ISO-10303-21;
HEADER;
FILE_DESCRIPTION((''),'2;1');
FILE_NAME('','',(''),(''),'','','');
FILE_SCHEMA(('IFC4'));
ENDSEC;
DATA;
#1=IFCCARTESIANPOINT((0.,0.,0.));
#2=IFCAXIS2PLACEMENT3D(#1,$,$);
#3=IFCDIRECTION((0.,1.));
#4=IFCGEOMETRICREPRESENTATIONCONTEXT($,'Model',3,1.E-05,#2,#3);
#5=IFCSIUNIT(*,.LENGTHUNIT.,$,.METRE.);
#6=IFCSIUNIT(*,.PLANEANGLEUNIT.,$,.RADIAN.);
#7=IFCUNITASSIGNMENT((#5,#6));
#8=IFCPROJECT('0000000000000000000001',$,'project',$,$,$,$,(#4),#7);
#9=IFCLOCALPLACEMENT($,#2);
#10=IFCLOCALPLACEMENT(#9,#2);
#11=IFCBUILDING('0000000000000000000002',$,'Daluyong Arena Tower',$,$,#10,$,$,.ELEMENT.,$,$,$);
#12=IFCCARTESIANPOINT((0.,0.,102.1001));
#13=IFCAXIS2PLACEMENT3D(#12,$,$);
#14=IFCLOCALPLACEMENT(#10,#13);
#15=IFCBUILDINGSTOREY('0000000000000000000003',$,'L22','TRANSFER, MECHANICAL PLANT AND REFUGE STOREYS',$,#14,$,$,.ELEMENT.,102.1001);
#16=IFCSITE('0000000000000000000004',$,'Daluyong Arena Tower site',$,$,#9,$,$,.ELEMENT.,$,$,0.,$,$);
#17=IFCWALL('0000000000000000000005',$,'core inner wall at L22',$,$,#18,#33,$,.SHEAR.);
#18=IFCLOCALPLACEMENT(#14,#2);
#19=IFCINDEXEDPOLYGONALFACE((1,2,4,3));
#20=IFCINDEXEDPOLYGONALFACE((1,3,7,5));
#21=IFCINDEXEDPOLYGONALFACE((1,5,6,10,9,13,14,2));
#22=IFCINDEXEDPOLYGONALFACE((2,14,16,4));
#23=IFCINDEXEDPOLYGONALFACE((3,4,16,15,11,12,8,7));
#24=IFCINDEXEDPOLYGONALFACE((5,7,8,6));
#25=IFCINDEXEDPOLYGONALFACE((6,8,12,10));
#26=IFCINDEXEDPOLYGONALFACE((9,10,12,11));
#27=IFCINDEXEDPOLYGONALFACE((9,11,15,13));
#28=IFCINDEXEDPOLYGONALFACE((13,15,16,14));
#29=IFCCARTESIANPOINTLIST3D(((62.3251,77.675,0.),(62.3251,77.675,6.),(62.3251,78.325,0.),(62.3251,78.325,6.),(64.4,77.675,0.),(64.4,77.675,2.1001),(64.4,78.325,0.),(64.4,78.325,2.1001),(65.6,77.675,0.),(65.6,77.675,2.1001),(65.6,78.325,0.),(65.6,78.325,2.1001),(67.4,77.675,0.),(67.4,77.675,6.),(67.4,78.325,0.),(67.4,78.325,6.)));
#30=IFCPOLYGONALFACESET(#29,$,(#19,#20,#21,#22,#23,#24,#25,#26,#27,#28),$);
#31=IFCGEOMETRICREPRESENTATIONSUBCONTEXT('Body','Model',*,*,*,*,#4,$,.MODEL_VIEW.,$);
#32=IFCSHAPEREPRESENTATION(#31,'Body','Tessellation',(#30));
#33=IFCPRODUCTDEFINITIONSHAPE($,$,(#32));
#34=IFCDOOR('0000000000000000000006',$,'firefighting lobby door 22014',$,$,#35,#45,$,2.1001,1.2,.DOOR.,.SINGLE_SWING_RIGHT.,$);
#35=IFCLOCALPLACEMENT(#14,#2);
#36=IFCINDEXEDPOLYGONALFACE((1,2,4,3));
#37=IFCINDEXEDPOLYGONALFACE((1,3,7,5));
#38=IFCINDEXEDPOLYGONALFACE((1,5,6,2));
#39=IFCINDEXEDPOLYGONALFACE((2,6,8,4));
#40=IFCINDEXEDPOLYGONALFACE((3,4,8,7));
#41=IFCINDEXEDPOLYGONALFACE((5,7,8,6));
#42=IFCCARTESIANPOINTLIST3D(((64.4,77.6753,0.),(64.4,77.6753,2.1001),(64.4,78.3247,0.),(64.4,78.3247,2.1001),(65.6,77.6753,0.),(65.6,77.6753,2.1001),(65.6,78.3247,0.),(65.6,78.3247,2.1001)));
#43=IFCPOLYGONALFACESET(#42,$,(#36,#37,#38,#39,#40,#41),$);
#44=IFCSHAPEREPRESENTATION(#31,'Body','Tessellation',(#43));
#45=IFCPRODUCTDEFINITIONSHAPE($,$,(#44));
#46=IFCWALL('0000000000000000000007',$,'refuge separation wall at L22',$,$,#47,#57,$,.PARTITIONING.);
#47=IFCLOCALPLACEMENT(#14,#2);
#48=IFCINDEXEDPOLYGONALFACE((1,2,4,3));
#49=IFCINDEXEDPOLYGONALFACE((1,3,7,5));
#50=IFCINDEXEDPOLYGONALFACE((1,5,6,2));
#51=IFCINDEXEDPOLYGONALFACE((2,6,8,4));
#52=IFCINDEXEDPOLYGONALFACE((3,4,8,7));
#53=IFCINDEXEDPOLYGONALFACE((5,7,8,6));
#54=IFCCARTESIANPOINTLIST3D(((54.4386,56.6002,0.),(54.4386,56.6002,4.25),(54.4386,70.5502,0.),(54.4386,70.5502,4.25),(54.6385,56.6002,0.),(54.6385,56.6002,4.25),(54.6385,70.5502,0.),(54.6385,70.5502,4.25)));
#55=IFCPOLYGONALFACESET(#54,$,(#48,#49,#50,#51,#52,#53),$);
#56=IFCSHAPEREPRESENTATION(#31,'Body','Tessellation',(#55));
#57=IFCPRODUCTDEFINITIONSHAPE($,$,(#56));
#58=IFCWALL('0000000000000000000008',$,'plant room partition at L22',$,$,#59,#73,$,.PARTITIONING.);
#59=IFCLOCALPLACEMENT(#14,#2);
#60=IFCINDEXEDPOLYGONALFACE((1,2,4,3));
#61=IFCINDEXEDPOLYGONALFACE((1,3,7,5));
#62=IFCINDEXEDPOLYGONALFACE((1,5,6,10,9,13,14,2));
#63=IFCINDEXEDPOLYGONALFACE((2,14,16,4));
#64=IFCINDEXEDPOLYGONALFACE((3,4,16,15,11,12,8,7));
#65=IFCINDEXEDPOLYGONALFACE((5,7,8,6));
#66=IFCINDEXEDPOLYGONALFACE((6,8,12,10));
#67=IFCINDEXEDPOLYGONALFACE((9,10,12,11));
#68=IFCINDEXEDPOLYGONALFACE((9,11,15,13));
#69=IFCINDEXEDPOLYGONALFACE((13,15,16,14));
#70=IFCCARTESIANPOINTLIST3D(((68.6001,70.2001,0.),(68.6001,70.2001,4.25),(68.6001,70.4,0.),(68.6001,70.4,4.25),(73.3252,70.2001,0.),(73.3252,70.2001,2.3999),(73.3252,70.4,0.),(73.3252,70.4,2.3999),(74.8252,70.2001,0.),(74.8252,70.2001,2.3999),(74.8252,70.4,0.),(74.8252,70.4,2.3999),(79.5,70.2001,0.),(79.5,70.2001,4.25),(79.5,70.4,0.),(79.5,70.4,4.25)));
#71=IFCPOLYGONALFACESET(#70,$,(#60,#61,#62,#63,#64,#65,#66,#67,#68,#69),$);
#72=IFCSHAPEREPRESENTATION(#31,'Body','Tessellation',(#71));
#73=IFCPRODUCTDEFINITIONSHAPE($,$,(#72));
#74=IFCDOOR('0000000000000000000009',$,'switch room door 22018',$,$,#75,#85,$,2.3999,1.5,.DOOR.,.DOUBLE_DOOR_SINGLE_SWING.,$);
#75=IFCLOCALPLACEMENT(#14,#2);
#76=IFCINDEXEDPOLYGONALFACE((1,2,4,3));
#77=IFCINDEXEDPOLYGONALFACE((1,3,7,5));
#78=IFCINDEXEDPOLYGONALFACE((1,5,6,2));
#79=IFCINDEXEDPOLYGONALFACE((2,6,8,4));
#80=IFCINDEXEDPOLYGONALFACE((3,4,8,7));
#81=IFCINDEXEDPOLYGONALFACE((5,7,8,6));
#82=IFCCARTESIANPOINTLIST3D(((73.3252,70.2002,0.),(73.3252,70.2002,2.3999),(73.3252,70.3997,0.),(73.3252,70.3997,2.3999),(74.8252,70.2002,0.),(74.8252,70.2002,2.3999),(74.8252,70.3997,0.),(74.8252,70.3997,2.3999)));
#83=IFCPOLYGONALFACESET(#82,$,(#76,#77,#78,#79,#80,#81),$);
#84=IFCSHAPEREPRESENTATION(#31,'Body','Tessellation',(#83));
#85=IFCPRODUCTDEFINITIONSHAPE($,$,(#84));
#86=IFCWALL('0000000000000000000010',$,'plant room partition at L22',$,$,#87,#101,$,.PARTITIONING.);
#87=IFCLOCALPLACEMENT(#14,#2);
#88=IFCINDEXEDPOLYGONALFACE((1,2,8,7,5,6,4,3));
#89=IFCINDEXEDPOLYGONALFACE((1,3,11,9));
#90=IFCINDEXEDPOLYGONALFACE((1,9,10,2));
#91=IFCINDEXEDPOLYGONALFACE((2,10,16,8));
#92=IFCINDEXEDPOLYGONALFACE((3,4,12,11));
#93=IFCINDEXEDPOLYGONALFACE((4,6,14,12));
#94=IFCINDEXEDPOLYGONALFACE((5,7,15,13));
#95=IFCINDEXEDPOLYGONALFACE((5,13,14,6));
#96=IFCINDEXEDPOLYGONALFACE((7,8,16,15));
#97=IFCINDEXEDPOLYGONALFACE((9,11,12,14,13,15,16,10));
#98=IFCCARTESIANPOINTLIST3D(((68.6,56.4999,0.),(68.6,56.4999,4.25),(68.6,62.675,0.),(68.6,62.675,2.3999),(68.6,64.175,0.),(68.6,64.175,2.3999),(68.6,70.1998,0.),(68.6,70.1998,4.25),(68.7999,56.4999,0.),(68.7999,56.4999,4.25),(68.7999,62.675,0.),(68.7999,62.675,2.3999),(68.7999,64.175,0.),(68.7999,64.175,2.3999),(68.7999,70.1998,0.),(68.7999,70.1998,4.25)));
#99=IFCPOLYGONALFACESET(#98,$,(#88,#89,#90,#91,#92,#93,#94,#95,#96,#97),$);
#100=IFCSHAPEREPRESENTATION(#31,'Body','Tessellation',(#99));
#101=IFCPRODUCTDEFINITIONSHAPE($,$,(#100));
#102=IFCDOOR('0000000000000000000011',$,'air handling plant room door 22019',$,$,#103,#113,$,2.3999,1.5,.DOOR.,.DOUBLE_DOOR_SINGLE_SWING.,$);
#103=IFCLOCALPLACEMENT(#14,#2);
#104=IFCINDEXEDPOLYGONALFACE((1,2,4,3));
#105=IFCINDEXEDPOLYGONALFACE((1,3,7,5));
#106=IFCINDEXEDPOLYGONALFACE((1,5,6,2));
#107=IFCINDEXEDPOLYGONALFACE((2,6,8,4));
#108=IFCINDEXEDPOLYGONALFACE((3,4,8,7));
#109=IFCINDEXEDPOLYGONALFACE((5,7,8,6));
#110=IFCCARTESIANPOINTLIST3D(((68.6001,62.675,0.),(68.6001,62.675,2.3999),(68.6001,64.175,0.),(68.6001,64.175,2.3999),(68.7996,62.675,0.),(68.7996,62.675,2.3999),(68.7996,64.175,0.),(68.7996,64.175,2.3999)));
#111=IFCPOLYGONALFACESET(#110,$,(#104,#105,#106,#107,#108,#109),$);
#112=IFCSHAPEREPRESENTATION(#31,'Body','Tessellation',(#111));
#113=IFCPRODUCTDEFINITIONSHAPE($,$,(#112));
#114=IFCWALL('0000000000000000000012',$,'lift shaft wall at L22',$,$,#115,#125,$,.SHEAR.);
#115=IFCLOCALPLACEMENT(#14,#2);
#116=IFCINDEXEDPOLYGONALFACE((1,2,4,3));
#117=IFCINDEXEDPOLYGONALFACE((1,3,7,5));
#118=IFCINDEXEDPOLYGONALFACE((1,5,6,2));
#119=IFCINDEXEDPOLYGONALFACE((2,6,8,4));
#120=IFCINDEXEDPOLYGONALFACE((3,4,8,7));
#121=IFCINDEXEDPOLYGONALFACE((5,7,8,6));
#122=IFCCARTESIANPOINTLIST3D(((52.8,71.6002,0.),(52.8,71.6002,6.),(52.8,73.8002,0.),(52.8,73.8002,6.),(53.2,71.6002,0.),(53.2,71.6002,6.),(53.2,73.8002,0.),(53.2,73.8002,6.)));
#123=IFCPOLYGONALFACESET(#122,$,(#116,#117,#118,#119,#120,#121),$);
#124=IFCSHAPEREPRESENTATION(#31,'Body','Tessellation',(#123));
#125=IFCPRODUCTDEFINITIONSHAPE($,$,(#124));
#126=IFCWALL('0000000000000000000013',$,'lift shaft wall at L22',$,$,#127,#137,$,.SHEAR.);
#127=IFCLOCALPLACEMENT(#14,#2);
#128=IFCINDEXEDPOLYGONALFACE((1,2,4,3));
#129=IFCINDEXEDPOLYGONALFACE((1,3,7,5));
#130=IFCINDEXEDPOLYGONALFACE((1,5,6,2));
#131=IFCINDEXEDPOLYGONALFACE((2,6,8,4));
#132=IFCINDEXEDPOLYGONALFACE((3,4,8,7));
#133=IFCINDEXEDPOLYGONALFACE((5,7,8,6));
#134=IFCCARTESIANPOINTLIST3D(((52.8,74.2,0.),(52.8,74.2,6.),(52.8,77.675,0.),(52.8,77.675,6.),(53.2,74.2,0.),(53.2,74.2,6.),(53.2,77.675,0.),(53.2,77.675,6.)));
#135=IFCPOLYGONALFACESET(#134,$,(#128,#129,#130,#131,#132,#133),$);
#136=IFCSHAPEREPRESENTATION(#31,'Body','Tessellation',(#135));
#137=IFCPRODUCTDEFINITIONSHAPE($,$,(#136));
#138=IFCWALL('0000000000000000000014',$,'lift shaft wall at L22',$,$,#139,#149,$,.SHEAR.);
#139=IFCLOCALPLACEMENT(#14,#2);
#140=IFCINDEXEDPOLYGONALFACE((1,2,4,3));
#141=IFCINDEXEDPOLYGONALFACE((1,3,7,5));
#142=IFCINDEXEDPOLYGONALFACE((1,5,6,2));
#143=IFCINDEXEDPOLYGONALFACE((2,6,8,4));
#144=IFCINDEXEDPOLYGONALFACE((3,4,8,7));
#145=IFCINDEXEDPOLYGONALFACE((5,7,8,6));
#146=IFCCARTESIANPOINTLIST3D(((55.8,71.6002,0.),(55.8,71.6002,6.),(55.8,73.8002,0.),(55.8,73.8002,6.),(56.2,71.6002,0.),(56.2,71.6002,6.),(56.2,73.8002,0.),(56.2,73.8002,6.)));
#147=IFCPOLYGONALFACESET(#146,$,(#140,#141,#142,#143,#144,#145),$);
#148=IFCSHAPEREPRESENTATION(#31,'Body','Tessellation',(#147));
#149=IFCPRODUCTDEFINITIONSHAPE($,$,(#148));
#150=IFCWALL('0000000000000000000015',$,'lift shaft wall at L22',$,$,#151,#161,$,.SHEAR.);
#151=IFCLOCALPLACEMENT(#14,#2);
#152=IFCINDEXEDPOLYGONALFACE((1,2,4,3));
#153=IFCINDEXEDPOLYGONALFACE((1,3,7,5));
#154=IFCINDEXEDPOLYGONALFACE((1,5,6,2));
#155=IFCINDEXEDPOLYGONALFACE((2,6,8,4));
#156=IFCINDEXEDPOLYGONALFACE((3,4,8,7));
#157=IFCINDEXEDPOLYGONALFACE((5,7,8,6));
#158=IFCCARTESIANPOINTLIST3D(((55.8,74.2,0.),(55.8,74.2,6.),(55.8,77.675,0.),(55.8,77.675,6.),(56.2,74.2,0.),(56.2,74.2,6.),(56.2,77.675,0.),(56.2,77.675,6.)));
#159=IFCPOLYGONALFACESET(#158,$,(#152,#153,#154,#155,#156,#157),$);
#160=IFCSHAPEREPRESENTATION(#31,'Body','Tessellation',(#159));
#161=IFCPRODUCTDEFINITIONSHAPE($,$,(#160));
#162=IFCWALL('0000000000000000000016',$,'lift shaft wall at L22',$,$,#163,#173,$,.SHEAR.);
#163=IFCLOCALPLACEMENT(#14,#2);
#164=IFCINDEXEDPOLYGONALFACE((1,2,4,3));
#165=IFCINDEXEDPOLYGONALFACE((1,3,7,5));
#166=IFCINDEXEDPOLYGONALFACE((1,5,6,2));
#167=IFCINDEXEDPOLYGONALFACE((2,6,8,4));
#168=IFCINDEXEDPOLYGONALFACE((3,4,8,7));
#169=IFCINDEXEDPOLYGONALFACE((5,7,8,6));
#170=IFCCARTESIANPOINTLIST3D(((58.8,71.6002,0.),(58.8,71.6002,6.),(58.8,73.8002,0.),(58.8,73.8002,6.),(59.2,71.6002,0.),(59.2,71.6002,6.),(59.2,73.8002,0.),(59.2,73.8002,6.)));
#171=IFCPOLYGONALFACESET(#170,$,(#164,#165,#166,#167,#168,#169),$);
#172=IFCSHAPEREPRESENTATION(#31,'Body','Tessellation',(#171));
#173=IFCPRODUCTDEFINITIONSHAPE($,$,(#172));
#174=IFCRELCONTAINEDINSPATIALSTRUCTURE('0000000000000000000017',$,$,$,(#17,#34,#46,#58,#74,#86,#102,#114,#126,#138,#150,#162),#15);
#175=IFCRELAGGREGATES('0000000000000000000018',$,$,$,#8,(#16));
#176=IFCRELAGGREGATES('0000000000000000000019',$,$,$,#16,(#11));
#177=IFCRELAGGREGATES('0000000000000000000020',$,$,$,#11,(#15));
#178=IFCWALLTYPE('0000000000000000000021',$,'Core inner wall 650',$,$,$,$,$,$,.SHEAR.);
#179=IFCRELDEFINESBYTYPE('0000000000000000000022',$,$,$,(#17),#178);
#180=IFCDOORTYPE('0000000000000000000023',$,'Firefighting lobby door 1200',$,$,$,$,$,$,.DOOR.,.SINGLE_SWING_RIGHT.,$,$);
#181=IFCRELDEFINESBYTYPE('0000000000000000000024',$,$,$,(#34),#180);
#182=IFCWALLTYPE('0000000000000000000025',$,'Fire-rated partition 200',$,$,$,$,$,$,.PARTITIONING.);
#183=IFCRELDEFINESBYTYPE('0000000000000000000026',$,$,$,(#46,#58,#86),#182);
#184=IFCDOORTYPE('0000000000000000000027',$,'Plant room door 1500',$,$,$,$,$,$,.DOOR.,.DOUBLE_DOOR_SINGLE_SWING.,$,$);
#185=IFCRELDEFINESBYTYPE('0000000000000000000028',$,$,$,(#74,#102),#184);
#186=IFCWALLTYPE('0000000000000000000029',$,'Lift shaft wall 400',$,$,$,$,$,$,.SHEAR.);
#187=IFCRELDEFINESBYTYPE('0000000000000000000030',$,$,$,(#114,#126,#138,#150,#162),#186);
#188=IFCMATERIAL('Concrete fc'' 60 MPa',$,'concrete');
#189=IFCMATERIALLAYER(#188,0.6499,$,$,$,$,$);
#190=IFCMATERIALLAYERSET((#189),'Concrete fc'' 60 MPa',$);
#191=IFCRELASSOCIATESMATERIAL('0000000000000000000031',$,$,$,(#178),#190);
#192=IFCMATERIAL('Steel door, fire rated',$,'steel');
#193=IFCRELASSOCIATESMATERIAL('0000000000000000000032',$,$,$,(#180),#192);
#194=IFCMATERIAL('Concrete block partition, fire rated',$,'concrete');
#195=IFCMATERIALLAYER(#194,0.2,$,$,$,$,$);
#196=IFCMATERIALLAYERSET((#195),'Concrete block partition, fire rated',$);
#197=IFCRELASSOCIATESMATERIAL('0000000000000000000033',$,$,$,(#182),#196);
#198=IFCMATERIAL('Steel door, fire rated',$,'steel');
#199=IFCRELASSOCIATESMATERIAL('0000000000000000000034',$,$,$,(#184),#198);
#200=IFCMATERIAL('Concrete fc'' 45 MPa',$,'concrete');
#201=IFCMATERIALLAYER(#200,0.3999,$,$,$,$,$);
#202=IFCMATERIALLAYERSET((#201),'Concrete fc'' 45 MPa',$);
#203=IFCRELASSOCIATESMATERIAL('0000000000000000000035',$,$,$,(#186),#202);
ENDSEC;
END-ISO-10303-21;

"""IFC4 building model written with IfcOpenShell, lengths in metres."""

from ifc_helpers import new_model, si_unit, direction, frame, frame_2d, origin, place, context, subcontext, project, spatial, rectangle, extrude, material, layer, layer_set, type_object, element, fill, save


model = new_model("IFC4")

# Units and contexts
model_context = context("Model", 3, precision=1e-05, world=origin(), true_north=direction((0.0, 1.0)))
body_context = subcontext(model_context, "Body", "Model", "MODEL_VIEW")
ifc_project = project(units=[si_unit("LENGTHUNIT", "METRE"), si_unit("PLANEANGLEUNIT", "RADIAN")], contexts=[model_context])

# Site, building, storey
site_placement = place(None, origin())
site = spatial("IfcSite", under=ifc_project, at=site_placement, Name="Daluyong Arena Tower site", CompositionType="ELEMENT", RefElevation=0.0)
building_placement = place(site_placement, origin())
building = spatial("IfcBuilding", under=site, at=building_placement, Name="Daluyong Arena Tower", CompositionType="ELEMENT")
storey_placement = place(building_placement, frame((0.0, 0.0, 102.1001)))
storey = spatial("IfcBuildingStorey", under=building, at=storey_placement, Name="L22", Description="TRANSFER, MECHANICAL PLANT AND REFUGE STOREYS", CompositionType="ELEMENT", Elevation=102.1001)

# Shared definitions
ifc_material_1 = material(Name="Concrete fc' 60 MPa", Category="concrete")
ifc_layer_1 = layer(ifc_material_1, 0.6499)
ifc_layer_set_1 = layer_set([ifc_layer_1], Name="Concrete fc' 60 MPa")
wall_type_1 = type_object("IfcWallType", Name="Core inner wall 650", PredefinedType="SHEAR", material=ifc_layer_set_1)

# Wall, opening, door
wall_1_placement = place(storey_placement, frame((62.325, 78.0, 0.0), z_axis=(0.0, 0.0, 1.0), x_axis=(1.0, 0.0, 0.0)))
wall_1 = element("IfcWall", 1, at=wall_1_placement, inside=storey, type_object=wall_type_1, Name="core inner wall at L22", PredefinedType="SHEAR", context=body_context, shape_type="SweptSolid", body=[
    extrude(rectangle(XDim=5.075, YDim=0.6499, at=frame_2d((2.5376, 0.0))), origin(), (0.0, 0.0, 1.0), 6.0),
])
opening_1_placement = place(wall_1_placement, frame((2.075, 0.0, 0.0)))
opening_1 = element("IfcOpeningElement", 2, at=opening_1_placement, cuts=wall_1, PredefinedType="OPENING", context=body_context, shape_type="SweptSolid", body=[
    extrude(rectangle(XDim=1.2, YDim=2.1001, at=frame_2d((0.6001, 1.05))), frame((0.0, 0.335, 0.0), z_axis=(0.0, -1.0, 0.0), x_axis=(1.0, 0.0, 0.0)), (0.0, 0.0, 1.0), 0.6699),
])
ifc_material_2 = material(Name="Steel door, fire rated", Category="steel")
door_type_1 = type_object("IfcDoorType", Name="Firefighting lobby door 1200", OperationType="SINGLE_SWING_RIGHT", PredefinedType="DOOR", material=ifc_material_2)
door_1_placement = place(opening_1_placement, origin())
door_1 = element("IfcDoor", 3, at=door_1_placement, inside=storey, type_object=door_type_1, Name="firefighting lobby door 22014", OperationType="SINGLE_SWING_RIGHT", OverallHeight=2.1001, OverallWidth=1.2, PredefinedType="DOOR", context=body_context, shape_type="SweptSolid", body=[
    extrude(rectangle(XDim=1.2, YDim=2.1001, at=frame_2d((0.6001, 1.05))), frame((0.0, 0.3247, 0.0), z_axis=(0.0, -1.0, 0.0), x_axis=(1.0, 0.0, 0.0)), (0.0, 0.0, 1.0), 0.6494),
])
fill(opening_1, door_1)

# Wall
ifc_material_3 = material(Name="Concrete block partition, fire rated", Category="concrete")
ifc_layer_2 = layer(ifc_material_3, 0.2)
ifc_layer_set_2 = layer_set([ifc_layer_2], Name="Concrete block partition, fire rated")
wall_type_2 = type_object("IfcWallType", Name="Fire-rated partition 200", PredefinedType="PARTITIONING", material=ifc_layer_set_2)
wall_2_placement = place(storey_placement, frame((54.5386, 56.6001, 0.0), z_axis=(0.0, 0.0, 1.0), x_axis=(0.0, 1.0, 0.0)))
element("IfcWall", 4, at=wall_2_placement, inside=storey, type_object=wall_type_2, Name="refuge separation wall at L22", PredefinedType="PARTITIONING", context=body_context, shape_type="SweptSolid", body=[
    extrude(rectangle(XDim=13.95, YDim=0.2, at=frame_2d((6.9751, 0.0))), origin(), (0.0, 0.0, 1.0), 4.25),
])

# Walls, openings, doors
wall_3_placement = place(storey_placement, frame((68.6001, 70.3, 0.0), z_axis=(0.0, 0.0, 1.0), x_axis=(1.0, 0.0, 0.0)))
wall_3 = element("IfcWall", 5, at=wall_3_placement, inside=storey, type_object=wall_type_2, Name="plant room partition at L22", PredefinedType="PARTITIONING", context=body_context, shape_type="SweptSolid", body=[
    extrude(rectangle(XDim=10.8999, YDim=0.2, at=frame_2d((5.45, 0.0))), origin(), (0.0, 0.0, 1.0), 4.25),
])
opening_2_placement = place(wall_3_placement, frame((4.7251, 0.0, 0.0)))
opening_2 = element("IfcOpeningElement", 6, at=opening_2_placement, cuts=wall_3, PredefinedType="OPENING", context=body_context, shape_type="SweptSolid", body=[
    extrude(rectangle(XDim=1.5, YDim=2.3999, at=frame_2d((0.75, 1.2))), frame((0.0, 0.1099, 0.0), z_axis=(0.0, -1.0, 0.0), x_axis=(1.0, 0.0, 0.0)), (0.0, 0.0, 1.0), 0.22),
])
ifc_material_4 = material(Name="Steel door, fire rated", Category="steel")
door_type_2 = type_object("IfcDoorType", Name="Plant room door 1500", OperationType="DOUBLE_DOOR_SINGLE_SWING", PredefinedType="DOOR", material=ifc_material_4)
door_2_placement = place(opening_2_placement, origin())
door_2 = element("IfcDoor", 7, at=door_2_placement, inside=storey, type_object=door_type_2, Name="switch room door 22018", OperationType="DOUBLE_DOOR_SINGLE_SWING", OverallHeight=2.3999, OverallWidth=1.5, PredefinedType="DOOR", context=body_context, shape_type="SweptSolid", body=[
    extrude(rectangle(XDim=1.5, YDim=2.3999, at=frame_2d((0.75, 1.2))), frame((0.0, 0.0996, 0.0), z_axis=(0.0, -1.0, 0.0), x_axis=(1.0, 0.0, 0.0)), (0.0, 0.0, 1.0), 0.1995),
])
fill(opening_2, door_2)
wall_4_placement = place(storey_placement, frame((68.7, 70.2, 0.0), z_axis=(0.0, 0.0, 1.0), x_axis=(0.0, -1.0, 0.0)))
wall_4 = element("IfcWall", 8, at=wall_4_placement, inside=storey, type_object=wall_type_2, Name="plant room partition at L22", PredefinedType="PARTITIONING", context=body_context, shape_type="SweptSolid", body=[
    extrude(rectangle(XDim=13.7, YDim=0.2, at=frame_2d((6.8501, 0.0))), origin(), (0.0, 0.0, 1.0), 4.25),
])
opening_3_placement = place(wall_4_placement, frame((6.0249, 0.0, 0.0)))
opening_3 = element("IfcOpeningElement", 9, at=opening_3_placement, cuts=wall_4, PredefinedType="OPENING", context=body_context, shape_type="SweptSolid", body=[
    extrude(rectangle(XDim=1.5, YDim=2.3999, at=frame_2d((0.75, 1.2))), frame((0.0, 0.1099, 0.0), z_axis=(0.0, -1.0, 0.0), x_axis=(1.0, 0.0, 0.0)), (0.0, 0.0, 1.0), 0.22),
])
door_3_placement = place(opening_3_placement, origin())
door_3 = element("IfcDoor", 10, at=door_3_placement, inside=storey, type_object=door_type_2, Name="air handling plant room door 22019", OperationType="DOUBLE_DOOR_SINGLE_SWING", OverallHeight=2.3999, OverallWidth=1.5, PredefinedType="DOOR", context=body_context, shape_type="SweptSolid", body=[
    extrude(rectangle(XDim=1.5, YDim=2.3999, at=frame_2d((0.75, 1.2))), frame((0.0, 0.0996, 0.0), z_axis=(0.0, -1.0, 0.0), x_axis=(1.0, 0.0, 0.0)), (0.0, 0.0, 1.0), 0.1995),
])
fill(opening_3, door_3)

# Walls
ifc_material_5 = material(Name="Concrete fc' 45 MPa", Category="concrete")
ifc_layer_3 = layer(ifc_material_5, 0.3999)
ifc_layer_set_3 = layer_set([ifc_layer_3], Name="Concrete fc' 45 MPa")
wall_type_3 = type_object("IfcWallType", Name="Lift shaft wall 400", PredefinedType="SHEAR", material=ifc_layer_set_3)
wall_5_placement = place(storey_placement, frame((53.0, 71.6001, 0.0), z_axis=(0.0, 0.0, 1.0), x_axis=(0.0, 1.0, 0.0)))
element("IfcWall", 11, at=wall_5_placement, inside=storey, type_object=wall_type_3, Name="lift shaft wall at L22", PredefinedType="SHEAR", context=body_context, shape_type="SweptSolid", body=[
    extrude(rectangle(XDim=2.2, YDim=0.3999, at=frame_2d((1.1001, 0.0))), origin(), (0.0, 0.0, 1.0), 6.0),
])
wall_6_placement = place(storey_placement, frame((53.0, 74.2, 0.0), z_axis=(0.0, 0.0, 1.0), x_axis=(0.0, 1.0, 0.0)))
element("IfcWall", 12, at=wall_6_placement, inside=storey, type_object=wall_type_3, Name="lift shaft wall at L22", PredefinedType="SHEAR", context=body_context, shape_type="SweptSolid", body=[
    extrude(rectangle(XDim=3.4751, YDim=0.3999, at=frame_2d((1.7375, 0.0))), origin(), (0.0, 0.0, 1.0), 6.0),
])
wall_7_placement = place(storey_placement, frame((56.0, 71.6001, 0.0), z_axis=(0.0, 0.0, 1.0), x_axis=(0.0, 1.0, 0.0)))
element("IfcWall", 13, at=wall_7_placement, inside=storey, type_object=wall_type_3, Name="lift shaft wall at L22", PredefinedType="SHEAR", context=body_context, shape_type="SweptSolid", body=[
    extrude(rectangle(XDim=2.2, YDim=0.3999, at=frame_2d((1.1001, 0.0))), origin(), (0.0, 0.0, 1.0), 6.0),
])
wall_8_placement = place(storey_placement, frame((56.0, 74.2, 0.0), z_axis=(0.0, 0.0, 1.0), x_axis=(0.0, 1.0, 0.0)))
element("IfcWall", 14, at=wall_8_placement, inside=storey, type_object=wall_type_3, Name="lift shaft wall at L22", PredefinedType="SHEAR", context=body_context, shape_type="SweptSolid", body=[
    extrude(rectangle(XDim=3.4751, YDim=0.3999, at=frame_2d((1.7375, 0.0))), origin(), (0.0, 0.0, 1.0), 6.0),
])
wall_9_placement = place(storey_placement, frame((59.0, 71.6001, 0.0), z_axis=(0.0, 0.0, 1.0), x_axis=(0.0, 1.0, 0.0)))
element("IfcWall", 15, at=wall_9_placement, inside=storey, type_object=wall_type_3, Name="lift shaft wall at L22", PredefinedType="SHEAR", context=body_context, shape_type="SweptSolid", body=[
    extrude(rectangle(XDim=2.2, YDim=0.3999, at=frame_2d((1.1001, 0.0))), origin(), (0.0, 0.0, 1.0), 6.0),
])

save(model, "model.ifc")
